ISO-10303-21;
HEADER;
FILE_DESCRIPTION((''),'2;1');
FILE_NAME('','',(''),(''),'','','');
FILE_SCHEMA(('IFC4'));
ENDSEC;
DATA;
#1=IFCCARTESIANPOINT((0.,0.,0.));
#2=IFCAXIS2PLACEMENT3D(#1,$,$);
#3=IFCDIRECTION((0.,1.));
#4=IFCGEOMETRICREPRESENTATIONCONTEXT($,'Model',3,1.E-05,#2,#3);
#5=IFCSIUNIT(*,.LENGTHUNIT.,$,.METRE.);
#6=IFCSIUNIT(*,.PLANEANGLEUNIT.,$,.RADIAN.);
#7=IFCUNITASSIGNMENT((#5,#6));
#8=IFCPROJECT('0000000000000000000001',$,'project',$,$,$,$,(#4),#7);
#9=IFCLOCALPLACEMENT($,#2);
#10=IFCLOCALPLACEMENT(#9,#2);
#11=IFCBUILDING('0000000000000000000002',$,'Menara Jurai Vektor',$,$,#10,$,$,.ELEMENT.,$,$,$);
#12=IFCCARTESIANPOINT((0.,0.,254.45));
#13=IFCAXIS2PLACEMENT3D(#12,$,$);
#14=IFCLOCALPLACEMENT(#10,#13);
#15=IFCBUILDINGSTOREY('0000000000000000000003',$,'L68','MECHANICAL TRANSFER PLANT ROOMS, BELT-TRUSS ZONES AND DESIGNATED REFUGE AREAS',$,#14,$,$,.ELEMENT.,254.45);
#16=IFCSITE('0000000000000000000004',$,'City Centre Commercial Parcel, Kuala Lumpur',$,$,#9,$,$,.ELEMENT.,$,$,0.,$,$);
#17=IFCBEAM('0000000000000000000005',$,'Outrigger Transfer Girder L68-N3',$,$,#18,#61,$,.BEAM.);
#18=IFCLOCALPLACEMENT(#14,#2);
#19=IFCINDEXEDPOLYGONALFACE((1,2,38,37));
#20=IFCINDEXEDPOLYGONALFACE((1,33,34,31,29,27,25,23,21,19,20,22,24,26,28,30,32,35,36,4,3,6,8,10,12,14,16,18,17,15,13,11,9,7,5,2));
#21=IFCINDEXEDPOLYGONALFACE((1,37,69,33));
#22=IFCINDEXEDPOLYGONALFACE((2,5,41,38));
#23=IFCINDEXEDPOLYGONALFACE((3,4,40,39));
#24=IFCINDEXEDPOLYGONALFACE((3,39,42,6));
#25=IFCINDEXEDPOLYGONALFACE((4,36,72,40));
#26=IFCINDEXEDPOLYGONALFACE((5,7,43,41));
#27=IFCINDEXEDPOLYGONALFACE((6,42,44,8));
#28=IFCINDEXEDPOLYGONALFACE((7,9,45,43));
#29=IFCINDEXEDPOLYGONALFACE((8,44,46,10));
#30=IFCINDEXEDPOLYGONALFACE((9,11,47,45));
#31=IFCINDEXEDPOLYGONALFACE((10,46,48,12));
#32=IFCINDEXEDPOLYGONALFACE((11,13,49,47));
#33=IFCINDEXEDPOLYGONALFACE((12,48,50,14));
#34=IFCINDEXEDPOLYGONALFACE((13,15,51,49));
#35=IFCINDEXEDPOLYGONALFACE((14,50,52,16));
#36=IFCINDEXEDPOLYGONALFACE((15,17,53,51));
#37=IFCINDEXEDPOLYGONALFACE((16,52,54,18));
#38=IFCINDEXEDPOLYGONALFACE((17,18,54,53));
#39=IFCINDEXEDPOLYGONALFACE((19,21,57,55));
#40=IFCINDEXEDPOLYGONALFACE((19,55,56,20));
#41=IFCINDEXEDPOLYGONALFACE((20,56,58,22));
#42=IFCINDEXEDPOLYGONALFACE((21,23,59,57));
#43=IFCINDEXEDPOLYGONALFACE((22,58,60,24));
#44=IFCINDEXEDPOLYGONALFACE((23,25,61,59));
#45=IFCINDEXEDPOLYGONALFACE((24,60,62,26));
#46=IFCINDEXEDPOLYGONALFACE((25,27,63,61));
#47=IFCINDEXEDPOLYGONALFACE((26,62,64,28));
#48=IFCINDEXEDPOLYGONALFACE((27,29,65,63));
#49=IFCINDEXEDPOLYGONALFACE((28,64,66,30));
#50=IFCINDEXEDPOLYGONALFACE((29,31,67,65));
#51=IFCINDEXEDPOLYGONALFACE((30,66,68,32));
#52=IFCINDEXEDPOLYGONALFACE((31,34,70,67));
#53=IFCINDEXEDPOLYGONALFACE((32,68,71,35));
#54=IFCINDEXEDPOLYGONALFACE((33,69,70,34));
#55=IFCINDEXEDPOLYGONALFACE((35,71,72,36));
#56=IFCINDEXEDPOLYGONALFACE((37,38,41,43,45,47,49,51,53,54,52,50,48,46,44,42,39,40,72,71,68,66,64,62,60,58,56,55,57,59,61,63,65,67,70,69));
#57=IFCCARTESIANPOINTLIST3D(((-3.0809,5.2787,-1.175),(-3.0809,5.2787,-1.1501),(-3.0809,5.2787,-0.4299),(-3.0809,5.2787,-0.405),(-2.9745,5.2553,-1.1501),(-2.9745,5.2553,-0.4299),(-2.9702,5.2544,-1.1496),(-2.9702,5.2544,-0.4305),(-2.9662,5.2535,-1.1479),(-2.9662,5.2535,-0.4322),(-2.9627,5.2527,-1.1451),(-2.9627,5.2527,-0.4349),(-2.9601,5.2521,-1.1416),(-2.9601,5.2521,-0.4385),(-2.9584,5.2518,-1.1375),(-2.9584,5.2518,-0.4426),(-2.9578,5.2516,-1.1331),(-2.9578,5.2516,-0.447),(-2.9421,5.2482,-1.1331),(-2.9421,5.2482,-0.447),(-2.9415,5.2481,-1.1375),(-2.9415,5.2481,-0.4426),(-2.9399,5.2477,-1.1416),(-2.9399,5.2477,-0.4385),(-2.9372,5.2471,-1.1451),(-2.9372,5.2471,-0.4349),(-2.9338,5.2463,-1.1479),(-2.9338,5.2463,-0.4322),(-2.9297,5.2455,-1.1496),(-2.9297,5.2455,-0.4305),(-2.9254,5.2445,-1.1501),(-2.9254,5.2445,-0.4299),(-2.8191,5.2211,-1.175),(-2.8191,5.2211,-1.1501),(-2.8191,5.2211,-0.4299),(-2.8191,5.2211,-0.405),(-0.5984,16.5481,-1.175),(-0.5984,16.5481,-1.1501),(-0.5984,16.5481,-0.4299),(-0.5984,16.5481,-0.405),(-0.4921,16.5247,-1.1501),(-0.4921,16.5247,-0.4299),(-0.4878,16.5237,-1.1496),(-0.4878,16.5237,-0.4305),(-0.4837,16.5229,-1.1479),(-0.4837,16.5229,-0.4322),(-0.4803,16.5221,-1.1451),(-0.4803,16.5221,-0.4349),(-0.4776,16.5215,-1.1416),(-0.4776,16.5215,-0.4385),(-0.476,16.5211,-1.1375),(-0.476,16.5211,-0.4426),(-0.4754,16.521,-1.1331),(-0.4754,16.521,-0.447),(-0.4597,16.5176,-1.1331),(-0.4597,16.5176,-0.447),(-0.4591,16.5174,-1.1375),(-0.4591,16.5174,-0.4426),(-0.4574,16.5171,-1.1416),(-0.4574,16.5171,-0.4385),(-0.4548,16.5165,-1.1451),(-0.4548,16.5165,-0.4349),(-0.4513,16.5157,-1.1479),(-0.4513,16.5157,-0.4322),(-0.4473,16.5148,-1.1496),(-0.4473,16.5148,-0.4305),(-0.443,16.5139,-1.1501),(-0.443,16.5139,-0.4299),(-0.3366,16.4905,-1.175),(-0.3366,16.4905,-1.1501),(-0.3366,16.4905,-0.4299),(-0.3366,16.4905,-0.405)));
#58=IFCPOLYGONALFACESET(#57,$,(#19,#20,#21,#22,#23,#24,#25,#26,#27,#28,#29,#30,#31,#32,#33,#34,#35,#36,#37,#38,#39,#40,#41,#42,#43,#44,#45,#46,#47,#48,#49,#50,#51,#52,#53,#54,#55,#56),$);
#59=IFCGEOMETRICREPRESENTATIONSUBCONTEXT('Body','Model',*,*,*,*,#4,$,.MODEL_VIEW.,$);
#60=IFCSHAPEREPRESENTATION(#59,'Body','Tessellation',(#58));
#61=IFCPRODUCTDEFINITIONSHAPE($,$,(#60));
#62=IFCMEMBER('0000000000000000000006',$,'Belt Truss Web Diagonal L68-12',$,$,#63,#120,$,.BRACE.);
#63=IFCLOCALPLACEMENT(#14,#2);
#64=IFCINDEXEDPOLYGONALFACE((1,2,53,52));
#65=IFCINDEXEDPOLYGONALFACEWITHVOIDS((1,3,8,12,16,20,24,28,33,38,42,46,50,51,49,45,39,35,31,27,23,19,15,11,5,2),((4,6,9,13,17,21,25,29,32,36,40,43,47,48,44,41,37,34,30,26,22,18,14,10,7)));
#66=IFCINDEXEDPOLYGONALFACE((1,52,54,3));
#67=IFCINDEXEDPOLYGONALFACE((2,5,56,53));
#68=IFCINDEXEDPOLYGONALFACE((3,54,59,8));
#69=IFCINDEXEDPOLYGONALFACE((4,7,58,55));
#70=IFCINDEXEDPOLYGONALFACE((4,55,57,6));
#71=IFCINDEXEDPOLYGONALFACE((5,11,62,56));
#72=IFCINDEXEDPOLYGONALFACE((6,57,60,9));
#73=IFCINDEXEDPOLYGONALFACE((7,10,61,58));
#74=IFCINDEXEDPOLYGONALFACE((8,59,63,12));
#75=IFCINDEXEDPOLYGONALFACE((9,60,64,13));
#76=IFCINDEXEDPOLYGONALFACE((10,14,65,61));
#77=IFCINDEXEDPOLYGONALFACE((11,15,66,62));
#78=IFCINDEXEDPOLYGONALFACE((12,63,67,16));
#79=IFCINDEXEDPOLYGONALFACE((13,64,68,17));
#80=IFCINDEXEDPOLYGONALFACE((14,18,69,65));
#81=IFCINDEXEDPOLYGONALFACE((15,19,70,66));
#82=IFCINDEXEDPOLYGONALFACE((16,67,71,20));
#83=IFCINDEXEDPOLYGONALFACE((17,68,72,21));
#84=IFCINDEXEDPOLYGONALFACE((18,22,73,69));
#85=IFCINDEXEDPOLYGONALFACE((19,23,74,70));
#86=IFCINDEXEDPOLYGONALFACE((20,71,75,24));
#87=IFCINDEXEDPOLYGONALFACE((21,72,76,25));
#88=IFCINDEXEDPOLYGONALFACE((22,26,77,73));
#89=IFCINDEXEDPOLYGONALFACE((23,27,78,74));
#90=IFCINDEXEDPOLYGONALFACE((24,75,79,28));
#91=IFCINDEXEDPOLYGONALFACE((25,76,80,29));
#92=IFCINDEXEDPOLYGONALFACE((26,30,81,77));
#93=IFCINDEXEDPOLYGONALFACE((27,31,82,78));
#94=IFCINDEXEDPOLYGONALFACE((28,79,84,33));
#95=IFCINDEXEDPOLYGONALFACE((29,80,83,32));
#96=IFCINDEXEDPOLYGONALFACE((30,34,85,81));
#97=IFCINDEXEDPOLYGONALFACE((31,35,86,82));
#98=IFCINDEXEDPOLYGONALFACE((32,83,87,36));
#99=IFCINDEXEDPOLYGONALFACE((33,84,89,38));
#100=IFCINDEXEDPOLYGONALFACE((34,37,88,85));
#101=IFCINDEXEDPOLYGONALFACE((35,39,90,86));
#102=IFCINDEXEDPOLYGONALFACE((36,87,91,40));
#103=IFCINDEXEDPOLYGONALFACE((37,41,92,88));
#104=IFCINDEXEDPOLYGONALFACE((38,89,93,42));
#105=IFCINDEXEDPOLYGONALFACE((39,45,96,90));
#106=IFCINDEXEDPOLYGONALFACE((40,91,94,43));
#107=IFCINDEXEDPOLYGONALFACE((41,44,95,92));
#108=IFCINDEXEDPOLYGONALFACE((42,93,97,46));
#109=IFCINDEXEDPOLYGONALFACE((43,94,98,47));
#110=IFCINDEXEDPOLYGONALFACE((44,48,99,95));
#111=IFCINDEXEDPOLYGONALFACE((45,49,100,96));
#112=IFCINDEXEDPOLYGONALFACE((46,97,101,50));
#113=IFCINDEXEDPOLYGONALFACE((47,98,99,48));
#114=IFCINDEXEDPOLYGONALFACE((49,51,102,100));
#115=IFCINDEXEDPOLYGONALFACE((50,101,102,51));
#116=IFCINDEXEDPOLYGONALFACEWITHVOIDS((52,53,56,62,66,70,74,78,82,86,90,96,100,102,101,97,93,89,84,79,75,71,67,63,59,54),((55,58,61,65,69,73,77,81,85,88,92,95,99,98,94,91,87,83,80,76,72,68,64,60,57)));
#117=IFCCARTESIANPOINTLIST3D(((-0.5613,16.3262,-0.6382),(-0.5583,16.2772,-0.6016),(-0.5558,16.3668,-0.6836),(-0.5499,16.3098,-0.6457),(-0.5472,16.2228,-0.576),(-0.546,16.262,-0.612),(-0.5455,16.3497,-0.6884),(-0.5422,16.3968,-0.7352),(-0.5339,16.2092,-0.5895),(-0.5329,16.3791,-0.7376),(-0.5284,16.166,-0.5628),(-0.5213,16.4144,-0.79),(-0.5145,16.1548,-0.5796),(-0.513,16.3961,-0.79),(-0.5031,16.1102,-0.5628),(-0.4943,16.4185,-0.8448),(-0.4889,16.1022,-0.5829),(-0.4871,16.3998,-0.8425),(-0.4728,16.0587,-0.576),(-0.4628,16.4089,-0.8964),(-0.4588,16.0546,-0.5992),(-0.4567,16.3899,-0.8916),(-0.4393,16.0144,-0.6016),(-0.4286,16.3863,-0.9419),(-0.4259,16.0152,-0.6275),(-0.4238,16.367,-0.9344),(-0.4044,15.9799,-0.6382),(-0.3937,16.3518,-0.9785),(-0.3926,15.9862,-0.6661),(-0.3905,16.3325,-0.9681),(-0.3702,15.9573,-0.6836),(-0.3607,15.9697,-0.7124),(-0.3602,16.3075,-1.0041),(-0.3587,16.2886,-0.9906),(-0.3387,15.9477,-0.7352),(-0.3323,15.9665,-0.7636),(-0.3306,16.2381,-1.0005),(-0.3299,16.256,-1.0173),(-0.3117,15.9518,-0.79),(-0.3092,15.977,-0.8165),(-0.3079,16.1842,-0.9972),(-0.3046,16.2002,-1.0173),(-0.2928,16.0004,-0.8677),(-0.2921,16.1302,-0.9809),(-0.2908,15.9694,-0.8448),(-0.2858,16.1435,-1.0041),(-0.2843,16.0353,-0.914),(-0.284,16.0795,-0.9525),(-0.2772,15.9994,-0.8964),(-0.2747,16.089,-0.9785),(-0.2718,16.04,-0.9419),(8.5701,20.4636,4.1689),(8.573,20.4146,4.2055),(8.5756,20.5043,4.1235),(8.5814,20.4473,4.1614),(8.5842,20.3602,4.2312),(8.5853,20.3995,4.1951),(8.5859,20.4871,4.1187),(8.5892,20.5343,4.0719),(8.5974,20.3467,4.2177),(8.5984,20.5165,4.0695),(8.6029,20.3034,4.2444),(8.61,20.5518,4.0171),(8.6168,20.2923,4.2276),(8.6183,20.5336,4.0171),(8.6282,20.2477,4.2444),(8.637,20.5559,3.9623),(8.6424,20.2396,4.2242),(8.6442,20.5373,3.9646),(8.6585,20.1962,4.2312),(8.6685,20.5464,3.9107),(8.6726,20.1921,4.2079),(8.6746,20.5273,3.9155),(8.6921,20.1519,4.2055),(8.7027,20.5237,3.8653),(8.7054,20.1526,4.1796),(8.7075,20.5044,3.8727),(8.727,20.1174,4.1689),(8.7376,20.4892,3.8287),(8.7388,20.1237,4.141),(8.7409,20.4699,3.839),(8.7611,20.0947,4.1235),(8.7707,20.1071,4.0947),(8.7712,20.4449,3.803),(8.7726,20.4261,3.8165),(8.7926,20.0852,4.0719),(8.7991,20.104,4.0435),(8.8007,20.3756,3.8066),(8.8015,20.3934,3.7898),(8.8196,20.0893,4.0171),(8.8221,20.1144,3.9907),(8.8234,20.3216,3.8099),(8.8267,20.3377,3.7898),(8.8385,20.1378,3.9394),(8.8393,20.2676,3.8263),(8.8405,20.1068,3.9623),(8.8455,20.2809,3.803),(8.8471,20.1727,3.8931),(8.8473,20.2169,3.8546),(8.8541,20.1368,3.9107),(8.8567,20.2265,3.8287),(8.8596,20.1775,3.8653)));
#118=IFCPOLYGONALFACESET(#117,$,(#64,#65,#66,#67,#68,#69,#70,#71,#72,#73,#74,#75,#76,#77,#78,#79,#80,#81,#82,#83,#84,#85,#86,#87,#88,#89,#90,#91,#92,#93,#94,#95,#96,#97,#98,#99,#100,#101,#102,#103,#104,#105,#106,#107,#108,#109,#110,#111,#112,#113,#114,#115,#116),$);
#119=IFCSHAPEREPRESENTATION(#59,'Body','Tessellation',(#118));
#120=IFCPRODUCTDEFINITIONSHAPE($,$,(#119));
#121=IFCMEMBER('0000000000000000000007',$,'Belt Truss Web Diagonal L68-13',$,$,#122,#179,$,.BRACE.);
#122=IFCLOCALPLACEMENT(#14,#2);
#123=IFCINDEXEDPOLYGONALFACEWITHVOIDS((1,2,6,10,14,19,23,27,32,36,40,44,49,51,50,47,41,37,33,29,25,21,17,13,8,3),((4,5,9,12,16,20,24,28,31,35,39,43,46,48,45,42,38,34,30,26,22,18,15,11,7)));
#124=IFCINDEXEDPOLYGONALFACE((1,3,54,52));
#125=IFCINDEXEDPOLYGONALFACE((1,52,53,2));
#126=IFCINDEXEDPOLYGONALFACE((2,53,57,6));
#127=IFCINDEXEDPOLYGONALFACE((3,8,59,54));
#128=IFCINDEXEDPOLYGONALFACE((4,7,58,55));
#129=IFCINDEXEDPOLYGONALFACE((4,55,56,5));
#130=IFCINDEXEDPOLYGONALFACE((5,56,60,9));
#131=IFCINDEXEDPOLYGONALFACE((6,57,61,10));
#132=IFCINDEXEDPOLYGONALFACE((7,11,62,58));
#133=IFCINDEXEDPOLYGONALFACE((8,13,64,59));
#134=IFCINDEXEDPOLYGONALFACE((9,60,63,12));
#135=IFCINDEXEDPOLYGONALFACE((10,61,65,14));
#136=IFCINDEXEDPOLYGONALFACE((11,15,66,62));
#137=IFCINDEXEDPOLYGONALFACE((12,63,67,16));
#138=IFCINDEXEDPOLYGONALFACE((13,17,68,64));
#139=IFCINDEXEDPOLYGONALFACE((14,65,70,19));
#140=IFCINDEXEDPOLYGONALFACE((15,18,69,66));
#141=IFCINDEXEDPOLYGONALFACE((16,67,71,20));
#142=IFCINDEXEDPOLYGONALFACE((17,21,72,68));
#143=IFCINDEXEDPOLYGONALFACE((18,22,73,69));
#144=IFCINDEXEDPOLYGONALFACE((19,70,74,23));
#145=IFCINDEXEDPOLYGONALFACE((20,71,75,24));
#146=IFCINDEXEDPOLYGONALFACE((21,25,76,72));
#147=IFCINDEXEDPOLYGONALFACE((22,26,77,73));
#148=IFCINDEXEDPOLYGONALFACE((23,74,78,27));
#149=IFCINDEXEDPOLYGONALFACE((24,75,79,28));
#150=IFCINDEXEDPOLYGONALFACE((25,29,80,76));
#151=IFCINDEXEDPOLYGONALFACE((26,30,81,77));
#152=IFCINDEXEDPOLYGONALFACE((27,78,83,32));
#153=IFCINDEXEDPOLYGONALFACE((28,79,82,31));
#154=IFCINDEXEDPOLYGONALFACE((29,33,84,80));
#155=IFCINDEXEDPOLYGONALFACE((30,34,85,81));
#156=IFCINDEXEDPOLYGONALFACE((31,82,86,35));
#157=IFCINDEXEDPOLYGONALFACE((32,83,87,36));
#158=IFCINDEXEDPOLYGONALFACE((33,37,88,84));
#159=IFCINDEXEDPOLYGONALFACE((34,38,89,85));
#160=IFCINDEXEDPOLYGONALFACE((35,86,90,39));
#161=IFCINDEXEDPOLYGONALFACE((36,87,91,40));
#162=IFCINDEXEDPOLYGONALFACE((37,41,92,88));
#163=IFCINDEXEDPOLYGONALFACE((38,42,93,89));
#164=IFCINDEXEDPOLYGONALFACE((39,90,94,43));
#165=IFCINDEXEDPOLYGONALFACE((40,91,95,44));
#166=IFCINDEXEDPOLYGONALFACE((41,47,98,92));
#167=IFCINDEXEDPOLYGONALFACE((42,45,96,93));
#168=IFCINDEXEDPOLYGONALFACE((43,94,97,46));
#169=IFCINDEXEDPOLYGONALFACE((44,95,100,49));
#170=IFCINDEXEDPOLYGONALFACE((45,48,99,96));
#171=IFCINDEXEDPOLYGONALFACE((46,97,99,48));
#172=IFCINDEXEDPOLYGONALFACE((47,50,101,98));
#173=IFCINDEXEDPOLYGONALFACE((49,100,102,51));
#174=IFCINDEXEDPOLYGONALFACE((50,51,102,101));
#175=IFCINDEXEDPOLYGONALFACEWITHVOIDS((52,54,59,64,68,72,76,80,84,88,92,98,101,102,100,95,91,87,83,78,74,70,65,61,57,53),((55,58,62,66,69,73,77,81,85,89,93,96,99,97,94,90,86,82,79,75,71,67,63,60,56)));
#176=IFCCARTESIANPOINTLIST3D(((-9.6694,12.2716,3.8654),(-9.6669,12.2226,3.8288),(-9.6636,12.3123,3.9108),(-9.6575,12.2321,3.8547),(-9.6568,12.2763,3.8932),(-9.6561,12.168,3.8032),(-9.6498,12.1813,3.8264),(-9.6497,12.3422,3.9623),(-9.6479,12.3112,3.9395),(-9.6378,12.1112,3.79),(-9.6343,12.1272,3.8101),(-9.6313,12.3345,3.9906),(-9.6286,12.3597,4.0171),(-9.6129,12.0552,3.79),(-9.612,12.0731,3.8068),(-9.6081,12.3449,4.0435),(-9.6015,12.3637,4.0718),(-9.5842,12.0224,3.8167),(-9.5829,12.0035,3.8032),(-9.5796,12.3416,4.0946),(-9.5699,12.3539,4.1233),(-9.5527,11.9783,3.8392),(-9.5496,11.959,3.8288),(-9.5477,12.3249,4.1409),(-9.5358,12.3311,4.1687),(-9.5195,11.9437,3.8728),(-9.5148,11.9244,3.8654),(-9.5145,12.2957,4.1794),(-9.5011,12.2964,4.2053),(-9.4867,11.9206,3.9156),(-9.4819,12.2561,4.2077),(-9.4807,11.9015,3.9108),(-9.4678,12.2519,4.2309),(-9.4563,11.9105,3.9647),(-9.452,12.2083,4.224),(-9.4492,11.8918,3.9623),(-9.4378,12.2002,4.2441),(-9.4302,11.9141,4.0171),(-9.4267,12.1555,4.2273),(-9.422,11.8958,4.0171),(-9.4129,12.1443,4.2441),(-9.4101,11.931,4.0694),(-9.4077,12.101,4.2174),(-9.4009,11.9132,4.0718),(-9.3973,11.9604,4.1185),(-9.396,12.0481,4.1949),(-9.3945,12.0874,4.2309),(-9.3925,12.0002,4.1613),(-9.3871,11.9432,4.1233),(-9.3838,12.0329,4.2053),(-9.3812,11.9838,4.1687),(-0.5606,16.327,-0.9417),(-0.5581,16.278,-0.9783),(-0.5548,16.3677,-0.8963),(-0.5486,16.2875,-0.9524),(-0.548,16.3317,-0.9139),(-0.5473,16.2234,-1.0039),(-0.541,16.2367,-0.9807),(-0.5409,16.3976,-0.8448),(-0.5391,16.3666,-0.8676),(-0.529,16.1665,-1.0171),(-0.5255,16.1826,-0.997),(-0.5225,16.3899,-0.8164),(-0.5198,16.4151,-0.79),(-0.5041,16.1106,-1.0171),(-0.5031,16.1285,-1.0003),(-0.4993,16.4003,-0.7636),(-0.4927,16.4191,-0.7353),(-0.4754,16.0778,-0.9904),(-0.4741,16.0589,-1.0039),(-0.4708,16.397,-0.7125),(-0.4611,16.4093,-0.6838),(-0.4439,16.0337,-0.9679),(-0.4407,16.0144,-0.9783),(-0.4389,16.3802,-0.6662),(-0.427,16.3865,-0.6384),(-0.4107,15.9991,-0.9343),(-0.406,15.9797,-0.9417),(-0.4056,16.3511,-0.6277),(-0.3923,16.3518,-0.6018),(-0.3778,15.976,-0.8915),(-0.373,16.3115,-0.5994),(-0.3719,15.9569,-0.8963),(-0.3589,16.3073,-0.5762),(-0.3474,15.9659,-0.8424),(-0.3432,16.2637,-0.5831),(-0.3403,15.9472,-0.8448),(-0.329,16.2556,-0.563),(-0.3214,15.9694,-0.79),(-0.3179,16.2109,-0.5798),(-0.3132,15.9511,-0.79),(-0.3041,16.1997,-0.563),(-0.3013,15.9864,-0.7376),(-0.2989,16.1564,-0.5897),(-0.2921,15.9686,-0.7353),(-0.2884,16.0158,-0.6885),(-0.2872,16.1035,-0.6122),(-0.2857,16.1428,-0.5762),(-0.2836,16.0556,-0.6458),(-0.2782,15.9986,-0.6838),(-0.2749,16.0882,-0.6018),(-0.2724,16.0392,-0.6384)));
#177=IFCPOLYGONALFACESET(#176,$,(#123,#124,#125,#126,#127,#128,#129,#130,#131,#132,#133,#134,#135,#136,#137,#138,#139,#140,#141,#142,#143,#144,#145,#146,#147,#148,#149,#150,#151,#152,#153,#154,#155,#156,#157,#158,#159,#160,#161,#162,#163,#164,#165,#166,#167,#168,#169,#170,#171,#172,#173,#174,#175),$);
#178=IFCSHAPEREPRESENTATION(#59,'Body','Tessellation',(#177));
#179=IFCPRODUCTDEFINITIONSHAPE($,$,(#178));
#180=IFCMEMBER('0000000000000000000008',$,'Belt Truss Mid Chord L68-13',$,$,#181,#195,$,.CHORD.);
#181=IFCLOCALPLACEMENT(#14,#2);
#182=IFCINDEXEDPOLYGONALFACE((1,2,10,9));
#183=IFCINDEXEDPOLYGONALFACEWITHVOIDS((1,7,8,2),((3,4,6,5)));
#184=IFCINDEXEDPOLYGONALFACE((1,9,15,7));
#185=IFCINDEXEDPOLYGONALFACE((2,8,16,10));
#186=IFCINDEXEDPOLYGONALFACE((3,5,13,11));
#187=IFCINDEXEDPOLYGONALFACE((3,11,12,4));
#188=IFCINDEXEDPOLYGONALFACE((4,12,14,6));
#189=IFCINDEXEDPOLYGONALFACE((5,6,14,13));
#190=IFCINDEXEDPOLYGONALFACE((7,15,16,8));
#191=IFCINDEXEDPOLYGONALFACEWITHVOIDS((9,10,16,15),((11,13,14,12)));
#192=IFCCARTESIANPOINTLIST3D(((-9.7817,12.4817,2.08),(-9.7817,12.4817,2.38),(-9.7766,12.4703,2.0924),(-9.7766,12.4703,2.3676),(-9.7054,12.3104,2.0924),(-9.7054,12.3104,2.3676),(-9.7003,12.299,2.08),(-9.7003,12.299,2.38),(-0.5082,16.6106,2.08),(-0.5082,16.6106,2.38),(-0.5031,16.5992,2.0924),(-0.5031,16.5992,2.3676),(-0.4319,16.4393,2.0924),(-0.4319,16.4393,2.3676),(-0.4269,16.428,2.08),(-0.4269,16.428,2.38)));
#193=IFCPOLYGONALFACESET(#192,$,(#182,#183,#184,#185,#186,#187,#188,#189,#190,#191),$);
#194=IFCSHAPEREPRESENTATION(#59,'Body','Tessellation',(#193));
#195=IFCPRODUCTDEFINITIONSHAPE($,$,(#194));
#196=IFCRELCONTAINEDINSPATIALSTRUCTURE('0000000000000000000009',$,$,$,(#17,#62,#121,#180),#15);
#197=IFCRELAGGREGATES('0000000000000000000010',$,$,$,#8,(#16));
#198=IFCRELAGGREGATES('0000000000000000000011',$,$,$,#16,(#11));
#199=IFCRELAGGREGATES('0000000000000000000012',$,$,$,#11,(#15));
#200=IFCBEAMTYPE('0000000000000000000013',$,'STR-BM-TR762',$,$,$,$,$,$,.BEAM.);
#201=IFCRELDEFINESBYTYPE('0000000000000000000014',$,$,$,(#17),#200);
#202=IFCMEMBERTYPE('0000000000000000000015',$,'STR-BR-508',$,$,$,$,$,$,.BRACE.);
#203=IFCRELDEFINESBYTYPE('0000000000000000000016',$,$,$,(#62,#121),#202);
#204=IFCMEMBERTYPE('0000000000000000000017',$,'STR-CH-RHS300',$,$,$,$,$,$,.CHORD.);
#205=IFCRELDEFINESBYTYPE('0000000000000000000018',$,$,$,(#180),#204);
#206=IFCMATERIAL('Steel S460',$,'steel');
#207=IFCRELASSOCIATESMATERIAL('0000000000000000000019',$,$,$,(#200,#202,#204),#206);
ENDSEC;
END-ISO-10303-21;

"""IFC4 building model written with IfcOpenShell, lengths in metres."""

from ifc_helpers import new_model, si_unit, direction, frame, origin, origin_2d, place, context, subcontext, project, spatial, hollow_rectangle, hollow_circle, i_section, extrude, material, material_profile, profile_set, type_object, element, save


model = new_model("IFC4")

# Units and contexts
model_context = context("Model", 3, precision=1e-05, world=origin(), true_north=direction((0.0, 1.0)))
body_context = subcontext(model_context, "Body", "Model", "MODEL_VIEW")
ifc_project = project(units=[si_unit("LENGTHUNIT", "METRE"), si_unit("PLANEANGLEUNIT", "RADIAN")], contexts=[model_context])

# Site, building, storey
site_placement = place(None, origin())
site = spatial("IfcSite", under=ifc_project, at=site_placement, Name="City Centre Commercial Parcel, Kuala Lumpur", CompositionType="ELEMENT", RefElevation=0.0)
building_placement = place(site_placement, origin())
building = spatial("IfcBuilding", under=site, at=building_placement, Name="Menara Jurai Vektor", CompositionType="ELEMENT")
storey_placement = place(building_placement, frame((0.0, 0.0, 254.45)))
storey = spatial("IfcBuildingStorey", under=building, at=storey_placement, Name="L68", Description="MECHANICAL TRANSFER PLANT ROOMS, BELT-TRUSS ZONES AND DESIGNATED REFUGE AREAS", CompositionType="ELEMENT", Elevation=254.45)

# Shared definitions
ifc_material_1 = material(Name="Steel S460", Category="steel")

# Beam
ifc_material_profile_1 = material_profile(ifc_material_1, i_section(OverallWidth=0.2681, OverallDepth=0.77, WebThickness=0.0161, FlangeThickness=0.0249, FilletRadius=0.0171, at=origin_2d()), Name="UKB 762x267x197")
ifc_profile_set_1 = profile_set([ifc_material_profile_1], Name="Steel S460")
beam_type_1 = type_object("IfcBeamType", Name="STR-BM-TR762", PredefinedType="BEAM", material=ifc_profile_set_1)
beam_1_placement = place(storey_placement, frame((-0.4675, 16.5193, -0.79), z_axis=(-0.215125, -0.976587, 0.0), x_axis=(0.976587, -0.215125, 0.0)))
element("IfcBeam", 1, at=beam_1_placement, inside=storey, type_object=beam_type_1, Name="Outrigger Transfer Girder L68-N3", PredefinedType="BEAM", context=body_context, shape_type="SweptSolid", body=[
    extrude(i_section(OverallWidth=0.2681, OverallDepth=0.77, WebThickness=0.0161, FlangeThickness=0.0249, FilletRadius=0.0171, at=origin_2d()), origin(), (0.0, 0.0, 1.0), 11.5396),
])

# Members
ifc_material_profile_2 = material_profile(ifc_material_1, hollow_circle(Radius=0.2539, WallThickness=0.02, at=origin_2d()), Name="CHS 508x20")
ifc_profile_set_2 = profile_set([ifc_material_profile_2], Name="Steel S460")
member_type_1 = type_object("IfcMemberType", Name="STR-BR-508", PredefinedType="BRACE", material=ifc_profile_set_2)
member_1_placement = place(storey_placement, frame((-0.4165, 16.1831, -0.79), z_axis=(0.821317, 0.372142, 0.432376), x_axis=(-0.412715, 0.91086, 0.0)))
element("IfcMember", 2, at=member_1_placement, inside=storey, type_object=member_type_1, Name="Belt Truss Web Diagonal L68-12", PredefinedType="BRACE", context=body_context, shape_type="SweptSolid", body=[
    extrude(hollow_circle(Radius=0.2539, WallThickness=0.02, at=origin_2d()), origin(), (0.0, 0.0, 1.0), 11.1179),
])
member_2_placement = place(storey_placement, frame((-0.4165, 16.1831, -0.79), z_axis=(-0.822905, -0.36637, 0.434281), x_axis=(0.406727, -0.91355, 0.0)))
element("IfcMember", 3, at=member_2_placement, inside=storey, type_object=member_type_1, Name="Belt Truss Web Diagonal L68-13", PredefinedType="BRACE", context=body_context, shape_type="SweptSolid", body=[
    extrude(hollow_circle(Radius=0.2539, WallThickness=0.02, at=origin_2d()), origin(), (0.0, 0.0, 1.0), 11.0691),
])
ifc_material_profile_3 = material_profile(ifc_material_1, hollow_rectangle(XDim=0.2, YDim=0.3, WallThickness=0.0125, at=origin_2d()), Name="RHS 300x200x12.5")
ifc_profile_set_3 = profile_set([ifc_material_profile_3], Name="Steel S460")
member_type_2 = type_object("IfcMemberType", Name="STR-CH-RHS300", PredefinedType="CHORD", material=ifc_profile_set_3)
member_3_placement = place(storey_placement, frame((-0.4675, 16.5193, 2.23), z_axis=(-0.913542, -0.406745, 0.0), x_axis=(0.406745, -0.913542, 0.0)))
element("IfcMember", 4, at=member_3_placement, inside=storey, type_object=member_type_2, Name="Belt Truss Mid Chord L68-13", PredefinedType="CHORD", context=body_context, shape_type="SweptSolid", body=[
    extrude(hollow_rectangle(XDim=0.2, YDim=0.3, WallThickness=0.0125, at=origin_2d()), origin(), (0.0, 0.0, 1.0), 10.1511),
])

save(model, "model.ifc")
